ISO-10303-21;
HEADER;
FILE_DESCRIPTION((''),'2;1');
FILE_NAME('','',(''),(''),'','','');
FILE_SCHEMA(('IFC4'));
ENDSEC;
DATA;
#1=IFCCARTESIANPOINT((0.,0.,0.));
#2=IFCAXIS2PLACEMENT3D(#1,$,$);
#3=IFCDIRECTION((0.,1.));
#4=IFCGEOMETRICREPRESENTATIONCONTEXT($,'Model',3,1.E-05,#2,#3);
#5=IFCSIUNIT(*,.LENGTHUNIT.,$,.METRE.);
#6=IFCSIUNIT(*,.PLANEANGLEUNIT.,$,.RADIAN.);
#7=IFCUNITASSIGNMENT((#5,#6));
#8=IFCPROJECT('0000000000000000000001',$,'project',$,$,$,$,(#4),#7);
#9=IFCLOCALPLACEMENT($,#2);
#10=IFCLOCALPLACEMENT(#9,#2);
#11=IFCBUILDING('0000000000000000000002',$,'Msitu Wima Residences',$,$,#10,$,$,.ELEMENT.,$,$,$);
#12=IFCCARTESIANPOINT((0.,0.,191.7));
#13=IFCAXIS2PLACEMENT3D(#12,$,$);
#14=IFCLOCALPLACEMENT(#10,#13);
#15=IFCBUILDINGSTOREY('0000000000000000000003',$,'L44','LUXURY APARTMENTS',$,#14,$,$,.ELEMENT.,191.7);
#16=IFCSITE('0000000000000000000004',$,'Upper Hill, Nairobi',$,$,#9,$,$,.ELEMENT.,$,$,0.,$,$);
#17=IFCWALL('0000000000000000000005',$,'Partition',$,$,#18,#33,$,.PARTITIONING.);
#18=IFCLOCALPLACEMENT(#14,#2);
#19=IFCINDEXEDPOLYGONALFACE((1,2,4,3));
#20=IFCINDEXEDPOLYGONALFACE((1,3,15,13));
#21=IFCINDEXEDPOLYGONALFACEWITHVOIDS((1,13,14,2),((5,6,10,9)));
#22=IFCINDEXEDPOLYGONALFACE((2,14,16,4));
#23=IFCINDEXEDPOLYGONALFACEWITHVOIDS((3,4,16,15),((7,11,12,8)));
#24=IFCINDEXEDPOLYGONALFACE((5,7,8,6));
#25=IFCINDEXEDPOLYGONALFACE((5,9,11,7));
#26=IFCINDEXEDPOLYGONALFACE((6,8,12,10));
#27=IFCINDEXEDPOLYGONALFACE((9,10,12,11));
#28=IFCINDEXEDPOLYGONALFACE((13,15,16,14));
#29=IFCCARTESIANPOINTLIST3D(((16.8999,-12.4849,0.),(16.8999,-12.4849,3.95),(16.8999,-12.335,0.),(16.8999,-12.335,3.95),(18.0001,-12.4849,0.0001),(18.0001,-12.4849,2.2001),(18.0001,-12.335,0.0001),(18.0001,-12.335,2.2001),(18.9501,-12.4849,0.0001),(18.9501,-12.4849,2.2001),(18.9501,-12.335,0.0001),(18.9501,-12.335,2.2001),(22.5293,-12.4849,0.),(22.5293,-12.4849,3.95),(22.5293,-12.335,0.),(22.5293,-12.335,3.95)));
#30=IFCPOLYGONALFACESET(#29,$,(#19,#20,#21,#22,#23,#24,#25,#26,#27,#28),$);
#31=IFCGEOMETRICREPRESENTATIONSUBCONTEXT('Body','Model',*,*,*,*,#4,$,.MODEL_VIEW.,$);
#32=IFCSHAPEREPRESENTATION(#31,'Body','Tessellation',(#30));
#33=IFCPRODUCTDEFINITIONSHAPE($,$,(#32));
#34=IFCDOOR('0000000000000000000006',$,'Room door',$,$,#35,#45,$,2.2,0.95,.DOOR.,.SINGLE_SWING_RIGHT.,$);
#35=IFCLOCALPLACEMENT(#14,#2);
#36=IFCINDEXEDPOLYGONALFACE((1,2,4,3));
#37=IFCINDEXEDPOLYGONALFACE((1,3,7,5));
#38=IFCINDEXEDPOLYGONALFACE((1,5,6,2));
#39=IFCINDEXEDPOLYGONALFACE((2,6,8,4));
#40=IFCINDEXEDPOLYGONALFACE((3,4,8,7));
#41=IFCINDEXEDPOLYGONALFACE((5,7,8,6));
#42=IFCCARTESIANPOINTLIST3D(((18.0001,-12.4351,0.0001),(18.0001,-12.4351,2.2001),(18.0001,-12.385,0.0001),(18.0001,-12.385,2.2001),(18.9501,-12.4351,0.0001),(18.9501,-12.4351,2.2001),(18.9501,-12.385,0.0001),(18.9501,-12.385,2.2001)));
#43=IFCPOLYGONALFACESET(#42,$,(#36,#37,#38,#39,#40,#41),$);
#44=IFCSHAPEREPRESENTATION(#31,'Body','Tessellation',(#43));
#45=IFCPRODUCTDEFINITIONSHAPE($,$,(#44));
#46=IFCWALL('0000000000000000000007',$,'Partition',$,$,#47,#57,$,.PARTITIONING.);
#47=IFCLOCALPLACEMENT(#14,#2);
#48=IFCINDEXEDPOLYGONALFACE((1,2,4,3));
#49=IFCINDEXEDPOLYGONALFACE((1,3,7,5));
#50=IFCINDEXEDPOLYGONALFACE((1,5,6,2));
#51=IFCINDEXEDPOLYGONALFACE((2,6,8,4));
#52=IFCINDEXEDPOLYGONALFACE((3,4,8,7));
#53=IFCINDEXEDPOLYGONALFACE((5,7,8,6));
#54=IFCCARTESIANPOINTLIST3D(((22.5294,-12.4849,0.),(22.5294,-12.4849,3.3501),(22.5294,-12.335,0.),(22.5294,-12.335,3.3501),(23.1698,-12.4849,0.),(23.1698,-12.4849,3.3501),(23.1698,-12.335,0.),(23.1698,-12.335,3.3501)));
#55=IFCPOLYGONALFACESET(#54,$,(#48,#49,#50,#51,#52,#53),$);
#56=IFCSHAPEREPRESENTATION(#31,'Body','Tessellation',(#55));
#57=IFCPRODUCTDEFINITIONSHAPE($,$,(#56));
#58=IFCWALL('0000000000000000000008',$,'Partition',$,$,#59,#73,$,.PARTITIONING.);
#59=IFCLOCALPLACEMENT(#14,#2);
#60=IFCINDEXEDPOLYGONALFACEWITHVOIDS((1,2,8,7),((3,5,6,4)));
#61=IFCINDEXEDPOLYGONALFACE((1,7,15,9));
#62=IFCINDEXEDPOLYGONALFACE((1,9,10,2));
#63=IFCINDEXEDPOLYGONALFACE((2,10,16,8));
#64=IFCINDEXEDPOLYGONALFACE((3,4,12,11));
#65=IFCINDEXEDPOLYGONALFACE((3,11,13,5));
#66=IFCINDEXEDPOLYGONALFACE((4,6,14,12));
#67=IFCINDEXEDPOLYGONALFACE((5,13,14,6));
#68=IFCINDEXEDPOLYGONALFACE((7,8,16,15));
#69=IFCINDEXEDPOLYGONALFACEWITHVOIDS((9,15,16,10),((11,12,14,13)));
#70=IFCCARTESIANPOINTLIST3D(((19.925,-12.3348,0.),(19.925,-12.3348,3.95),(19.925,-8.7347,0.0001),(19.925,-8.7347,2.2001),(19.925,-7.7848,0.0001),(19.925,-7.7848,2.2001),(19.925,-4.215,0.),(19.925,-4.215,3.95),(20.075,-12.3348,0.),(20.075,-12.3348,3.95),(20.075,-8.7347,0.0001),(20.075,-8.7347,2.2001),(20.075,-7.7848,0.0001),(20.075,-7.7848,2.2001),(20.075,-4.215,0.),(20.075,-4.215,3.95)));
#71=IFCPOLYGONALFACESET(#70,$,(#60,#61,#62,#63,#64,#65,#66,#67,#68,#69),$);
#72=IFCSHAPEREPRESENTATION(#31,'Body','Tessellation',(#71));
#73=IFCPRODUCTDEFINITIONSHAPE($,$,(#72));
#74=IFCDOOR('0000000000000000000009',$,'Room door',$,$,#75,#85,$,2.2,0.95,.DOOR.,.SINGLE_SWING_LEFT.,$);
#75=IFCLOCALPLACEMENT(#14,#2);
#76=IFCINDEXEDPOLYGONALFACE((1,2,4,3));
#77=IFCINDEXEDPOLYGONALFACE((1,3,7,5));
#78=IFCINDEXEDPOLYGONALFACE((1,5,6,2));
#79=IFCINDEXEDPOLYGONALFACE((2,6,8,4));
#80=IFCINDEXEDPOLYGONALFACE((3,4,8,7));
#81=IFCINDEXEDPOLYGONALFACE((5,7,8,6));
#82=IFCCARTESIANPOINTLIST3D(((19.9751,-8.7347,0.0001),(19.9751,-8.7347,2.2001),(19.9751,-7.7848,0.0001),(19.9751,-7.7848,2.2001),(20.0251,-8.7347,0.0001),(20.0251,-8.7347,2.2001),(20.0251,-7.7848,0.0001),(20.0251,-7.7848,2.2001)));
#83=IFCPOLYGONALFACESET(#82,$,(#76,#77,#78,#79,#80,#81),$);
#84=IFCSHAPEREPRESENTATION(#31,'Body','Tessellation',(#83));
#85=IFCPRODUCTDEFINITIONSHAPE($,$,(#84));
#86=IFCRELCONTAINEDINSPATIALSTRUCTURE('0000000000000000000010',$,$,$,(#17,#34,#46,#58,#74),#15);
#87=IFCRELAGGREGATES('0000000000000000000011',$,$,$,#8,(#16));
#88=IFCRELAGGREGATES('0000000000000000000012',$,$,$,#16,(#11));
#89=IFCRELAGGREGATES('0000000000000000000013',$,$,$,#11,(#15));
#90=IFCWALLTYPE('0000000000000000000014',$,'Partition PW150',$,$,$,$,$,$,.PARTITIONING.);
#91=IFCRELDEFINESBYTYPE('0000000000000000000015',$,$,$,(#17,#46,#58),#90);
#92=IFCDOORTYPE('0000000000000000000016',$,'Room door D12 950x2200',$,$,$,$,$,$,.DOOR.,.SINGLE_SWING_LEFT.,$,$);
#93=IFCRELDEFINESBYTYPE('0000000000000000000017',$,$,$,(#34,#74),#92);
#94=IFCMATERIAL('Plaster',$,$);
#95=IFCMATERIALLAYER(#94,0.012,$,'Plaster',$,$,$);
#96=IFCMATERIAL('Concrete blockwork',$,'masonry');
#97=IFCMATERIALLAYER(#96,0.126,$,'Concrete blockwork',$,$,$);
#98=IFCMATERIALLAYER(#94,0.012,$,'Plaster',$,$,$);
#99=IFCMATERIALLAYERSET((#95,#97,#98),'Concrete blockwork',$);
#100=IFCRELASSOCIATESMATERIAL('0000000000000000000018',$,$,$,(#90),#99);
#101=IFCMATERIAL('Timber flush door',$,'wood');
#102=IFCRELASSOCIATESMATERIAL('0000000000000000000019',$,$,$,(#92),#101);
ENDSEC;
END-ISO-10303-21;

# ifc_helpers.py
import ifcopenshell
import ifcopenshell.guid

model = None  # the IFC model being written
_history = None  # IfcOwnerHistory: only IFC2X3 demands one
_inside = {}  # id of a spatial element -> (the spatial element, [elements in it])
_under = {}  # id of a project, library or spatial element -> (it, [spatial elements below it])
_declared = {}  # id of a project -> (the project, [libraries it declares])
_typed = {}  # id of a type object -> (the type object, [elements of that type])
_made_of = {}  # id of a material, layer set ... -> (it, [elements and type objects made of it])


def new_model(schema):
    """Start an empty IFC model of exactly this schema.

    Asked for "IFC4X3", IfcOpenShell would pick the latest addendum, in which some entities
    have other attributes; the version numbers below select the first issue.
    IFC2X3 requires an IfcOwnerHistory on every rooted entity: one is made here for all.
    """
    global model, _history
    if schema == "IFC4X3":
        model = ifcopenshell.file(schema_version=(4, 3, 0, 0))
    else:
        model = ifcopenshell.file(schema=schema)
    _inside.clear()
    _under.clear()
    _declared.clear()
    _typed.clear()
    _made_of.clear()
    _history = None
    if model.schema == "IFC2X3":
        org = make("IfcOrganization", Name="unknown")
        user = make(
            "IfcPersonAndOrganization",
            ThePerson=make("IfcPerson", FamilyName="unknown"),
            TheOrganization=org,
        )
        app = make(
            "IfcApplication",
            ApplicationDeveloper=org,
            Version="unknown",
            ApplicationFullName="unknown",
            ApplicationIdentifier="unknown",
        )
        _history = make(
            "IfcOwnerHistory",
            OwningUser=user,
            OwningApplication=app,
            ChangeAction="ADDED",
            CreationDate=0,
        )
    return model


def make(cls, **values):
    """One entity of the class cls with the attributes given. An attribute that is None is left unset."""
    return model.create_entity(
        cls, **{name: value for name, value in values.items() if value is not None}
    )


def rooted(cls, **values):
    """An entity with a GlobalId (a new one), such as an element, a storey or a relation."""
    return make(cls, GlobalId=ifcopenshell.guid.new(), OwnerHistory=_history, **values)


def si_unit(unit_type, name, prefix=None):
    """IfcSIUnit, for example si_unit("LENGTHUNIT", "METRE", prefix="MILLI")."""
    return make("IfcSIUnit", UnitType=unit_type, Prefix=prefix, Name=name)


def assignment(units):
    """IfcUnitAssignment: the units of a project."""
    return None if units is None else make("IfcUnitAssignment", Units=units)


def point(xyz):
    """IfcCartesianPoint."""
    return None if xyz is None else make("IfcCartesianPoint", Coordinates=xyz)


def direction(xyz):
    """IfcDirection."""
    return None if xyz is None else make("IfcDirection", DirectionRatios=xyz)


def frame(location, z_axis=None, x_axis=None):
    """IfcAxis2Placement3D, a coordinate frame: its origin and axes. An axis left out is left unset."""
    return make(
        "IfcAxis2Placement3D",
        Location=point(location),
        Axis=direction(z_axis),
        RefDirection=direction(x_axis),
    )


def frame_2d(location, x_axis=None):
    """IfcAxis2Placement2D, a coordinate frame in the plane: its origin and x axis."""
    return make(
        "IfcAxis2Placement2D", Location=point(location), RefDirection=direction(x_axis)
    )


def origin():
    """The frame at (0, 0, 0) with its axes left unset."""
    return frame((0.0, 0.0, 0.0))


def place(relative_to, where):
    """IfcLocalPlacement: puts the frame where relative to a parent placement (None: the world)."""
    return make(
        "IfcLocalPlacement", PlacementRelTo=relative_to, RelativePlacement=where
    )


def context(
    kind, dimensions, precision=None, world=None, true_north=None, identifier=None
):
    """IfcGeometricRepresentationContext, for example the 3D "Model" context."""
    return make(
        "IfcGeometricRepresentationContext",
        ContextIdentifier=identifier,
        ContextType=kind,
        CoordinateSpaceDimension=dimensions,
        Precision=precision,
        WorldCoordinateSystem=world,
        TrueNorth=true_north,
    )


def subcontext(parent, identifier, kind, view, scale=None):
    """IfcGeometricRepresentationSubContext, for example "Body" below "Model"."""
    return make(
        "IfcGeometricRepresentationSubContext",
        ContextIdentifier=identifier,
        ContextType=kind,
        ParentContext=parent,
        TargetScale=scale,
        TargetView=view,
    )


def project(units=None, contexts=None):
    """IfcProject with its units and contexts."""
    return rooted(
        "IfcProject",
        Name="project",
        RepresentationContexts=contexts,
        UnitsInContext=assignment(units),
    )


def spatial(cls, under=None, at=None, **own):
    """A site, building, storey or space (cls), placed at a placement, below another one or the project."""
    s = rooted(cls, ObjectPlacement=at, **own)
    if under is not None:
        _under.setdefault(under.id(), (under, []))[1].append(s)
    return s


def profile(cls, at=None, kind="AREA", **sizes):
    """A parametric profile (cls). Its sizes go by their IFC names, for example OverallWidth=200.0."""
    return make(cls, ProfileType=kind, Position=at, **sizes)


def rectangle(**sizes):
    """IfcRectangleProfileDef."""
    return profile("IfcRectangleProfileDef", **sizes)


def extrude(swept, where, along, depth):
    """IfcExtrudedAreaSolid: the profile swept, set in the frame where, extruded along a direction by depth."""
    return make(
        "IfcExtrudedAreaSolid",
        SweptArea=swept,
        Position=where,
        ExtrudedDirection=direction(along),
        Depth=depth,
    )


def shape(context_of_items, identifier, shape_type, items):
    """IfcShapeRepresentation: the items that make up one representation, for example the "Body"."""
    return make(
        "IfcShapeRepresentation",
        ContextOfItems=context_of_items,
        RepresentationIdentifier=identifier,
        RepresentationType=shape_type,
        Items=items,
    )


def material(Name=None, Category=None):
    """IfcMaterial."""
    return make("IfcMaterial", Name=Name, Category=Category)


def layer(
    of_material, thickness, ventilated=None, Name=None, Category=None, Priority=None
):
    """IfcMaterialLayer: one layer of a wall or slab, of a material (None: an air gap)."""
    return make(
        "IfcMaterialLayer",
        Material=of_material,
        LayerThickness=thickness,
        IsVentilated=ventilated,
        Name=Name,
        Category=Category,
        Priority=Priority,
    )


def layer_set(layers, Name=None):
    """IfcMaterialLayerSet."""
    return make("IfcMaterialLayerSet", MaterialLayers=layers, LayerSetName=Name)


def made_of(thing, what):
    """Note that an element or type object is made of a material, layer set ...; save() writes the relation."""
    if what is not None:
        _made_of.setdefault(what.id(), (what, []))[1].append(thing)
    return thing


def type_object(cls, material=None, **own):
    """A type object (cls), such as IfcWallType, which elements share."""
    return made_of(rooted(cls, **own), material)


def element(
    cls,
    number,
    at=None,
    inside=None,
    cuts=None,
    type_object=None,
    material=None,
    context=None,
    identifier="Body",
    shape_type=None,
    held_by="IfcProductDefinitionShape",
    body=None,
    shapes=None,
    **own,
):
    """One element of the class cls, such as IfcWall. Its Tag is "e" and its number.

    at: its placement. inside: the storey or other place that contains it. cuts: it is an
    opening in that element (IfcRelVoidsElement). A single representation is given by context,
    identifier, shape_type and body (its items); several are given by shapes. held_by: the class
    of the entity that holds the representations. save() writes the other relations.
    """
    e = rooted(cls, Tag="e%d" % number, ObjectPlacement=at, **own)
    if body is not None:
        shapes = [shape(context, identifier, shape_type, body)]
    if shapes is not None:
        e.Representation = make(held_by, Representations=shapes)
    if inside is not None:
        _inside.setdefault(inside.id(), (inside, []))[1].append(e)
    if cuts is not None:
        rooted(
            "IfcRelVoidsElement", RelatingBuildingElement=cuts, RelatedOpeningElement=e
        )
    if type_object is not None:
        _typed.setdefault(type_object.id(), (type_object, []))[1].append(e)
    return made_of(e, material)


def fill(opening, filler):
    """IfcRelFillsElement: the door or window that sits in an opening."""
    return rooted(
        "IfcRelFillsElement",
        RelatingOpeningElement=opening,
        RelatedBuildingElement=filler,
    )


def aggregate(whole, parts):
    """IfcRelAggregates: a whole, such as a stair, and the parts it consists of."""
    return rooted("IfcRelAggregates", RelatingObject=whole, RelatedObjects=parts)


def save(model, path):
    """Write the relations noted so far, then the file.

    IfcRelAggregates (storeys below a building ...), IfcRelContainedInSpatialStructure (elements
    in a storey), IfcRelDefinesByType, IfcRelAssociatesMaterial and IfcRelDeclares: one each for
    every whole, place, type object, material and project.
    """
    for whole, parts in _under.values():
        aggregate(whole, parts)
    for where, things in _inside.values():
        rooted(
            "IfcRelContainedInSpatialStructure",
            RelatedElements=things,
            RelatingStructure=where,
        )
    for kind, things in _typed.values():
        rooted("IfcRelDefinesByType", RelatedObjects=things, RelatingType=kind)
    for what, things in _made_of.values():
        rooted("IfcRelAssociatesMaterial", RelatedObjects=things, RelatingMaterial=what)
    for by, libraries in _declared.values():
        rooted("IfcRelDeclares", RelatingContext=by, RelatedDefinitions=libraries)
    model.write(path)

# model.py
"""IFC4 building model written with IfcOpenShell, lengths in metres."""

from ifc_helpers import new_model, si_unit, direction, frame, frame_2d, origin, place, context, subcontext, project, spatial, rectangle, extrude, material, layer, layer_set, type_object, element, fill, save


model = new_model("IFC4")

# Units and contexts
model_context = context("Model", 3, precision=1e-05, world=origin(), true_north=direction((0.0, 1.0)))
body_context = subcontext(model_context, "Body", "Model", "MODEL_VIEW")
ifc_project = project(units=[si_unit("LENGTHUNIT", "METRE"), si_unit("PLANEANGLEUNIT", "RADIAN")], contexts=[model_context])

# Site, building, storey
site_placement = place(None, origin())
site = spatial("IfcSite", under=ifc_project, at=site_placement, Name="Upper Hill, Nairobi", CompositionType="ELEMENT", RefElevation=0.0)
building_placement = place(site_placement, origin())
building = spatial("IfcBuilding", under=site, at=building_placement, Name="Msitu Wima Residences", CompositionType="ELEMENT")
storey_placement = place(building_placement, frame((0.0, 0.0, 191.7)))
storey = spatial("IfcBuildingStorey", under=building, at=storey_placement, Name="L44", Description="LUXURY APARTMENTS", CompositionType="ELEMENT", Elevation=191.7)

# Shared definitions
ifc_material_1 = material(Name="Plaster")
ifc_material_2 = material(Name="Concrete blockwork", Category="masonry")

# Shared definitions
ifc_layer_1 = layer(ifc_material_1, 0.012, Name="Plaster")
ifc_layer_2 = layer(ifc_material_2, 0.126, Name="Concrete blockwork")
ifc_layer_3 = layer(ifc_material_1, 0.012, Name="Plaster")
ifc_layer_set_1 = layer_set([ifc_layer_1, ifc_layer_2, ifc_layer_3], Name="Concrete blockwork")
wall_type_1 = type_object("IfcWallType", Name="Partition PW150", PredefinedType="PARTITIONING", material=ifc_layer_set_1)
ifc_material_3 = material(Name="Timber flush door", Category="wood")
door_type_1 = type_object("IfcDoorType", Name="Room door D12 950x2200", OperationType="SINGLE_SWING_LEFT", PredefinedType="DOOR", material=ifc_material_3)

# Wall, opening, door
wall_1_placement = place(storey_placement, frame((16.8999, -12.4099, 0.0), z_axis=(0.0, 0.0, 1.0), x_axis=(1.0, 0.0, 0.0)))
wall_1 = element("IfcWall", 1, at=wall_1_placement, inside=storey, type_object=wall_type_1, Name="Partition", PredefinedType="PARTITIONING", context=body_context, shape_type="SweptSolid", body=[
    extrude(rectangle(XDim=5.6294, YDim=0.1499, at=frame_2d((2.8147, 0.0))), origin(), (0.0, 0.0, 1.0), 3.95),
])
opening_1_placement = place(wall_1_placement, frame((1.1001, 0.0, 0.0)))
opening_1 = element("IfcOpeningElement", 2, at=opening_1_placement, cuts=wall_1, PredefinedType="OPENING", context=body_context, shape_type="SweptSolid", body=[
    extrude(rectangle(XDim=0.95, YDim=2.2, at=frame_2d((0.4751, 1.1001))), frame((0.0, 0.085, 0.0), z_axis=(0.0, -1.0, 0.0), x_axis=(1.0, 0.0, 0.0)), (0.0, 0.0, 1.0), 0.1699),
])
door_1_placement = place(opening_1_placement, origin())
door_1 = element("IfcDoor", 3, at=door_1_placement, inside=storey, type_object=door_type_1, Name="Room door", OperationType="SINGLE_SWING_RIGHT", OverallHeight=2.2, OverallWidth=0.95, PredefinedType="DOOR", context=body_context, shape_type="SweptSolid", body=[
    extrude(rectangle(XDim=0.95, YDim=2.2, at=frame_2d((0.4751, 1.1001))), frame((0.0, 0.0249, 0.0), z_axis=(0.0, -1.0, 0.0), x_axis=(1.0, 0.0, 0.0)), (0.0, 0.0, 1.0), 0.05),
])
fill(opening_1, door_1)

# Wall
wall_2_placement = place(storey_placement, frame((22.5293, -12.4099, 0.0), z_axis=(0.0, 0.0, 1.0), x_axis=(1.0, 0.0, 0.0)))
element("IfcWall", 4, at=wall_2_placement, inside=storey, type_object=wall_type_1, Name="Partition", PredefinedType="PARTITIONING", context=body_context, shape_type="SweptSolid", body=[
    extrude(rectangle(XDim=0.6404, YDim=0.1499, at=frame_2d((0.3203, 0.0))), origin(), (0.0, 0.0, 1.0), 3.3501),
])

# Wall, opening, door
wall_3_placement = place(storey_placement, frame((20.0, -12.335, 0.0), z_axis=(0.0, 0.0, 1.0), x_axis=(0.0, 1.0, 0.0)))
wall_3 = element("IfcWall", 5, at=wall_3_placement, inside=storey, type_object=wall_type_1, Name="Partition", PredefinedType="PARTITIONING", context=body_context, shape_type="SweptSolid", body=[
    extrude(rectangle(XDim=8.1199, YDim=0.1499, at=frame_2d((4.0601, 0.0))), origin(), (0.0, 0.0, 1.0), 3.95),
])
opening_2_placement = place(wall_3_placement, frame((3.6001, 0.0, 0.0)))
opening_2 = element("IfcOpeningElement", 6, at=opening_2_placement, cuts=wall_3, PredefinedType="OPENING", context=body_context, shape_type="SweptSolid", body=[
    extrude(rectangle(XDim=0.95, YDim=2.2, at=frame_2d((0.4751, 1.1001))), frame((0.0, 0.085, 0.0), z_axis=(0.0, -1.0, 0.0), x_axis=(1.0, 0.0, 0.0)), (0.0, 0.0, 1.0), 0.1699),
])
door_2_placement = place(opening_2_placement, origin())
door_2 = element("IfcDoor", 7, at=door_2_placement, inside=storey, type_object=door_type_1, Name="Room door", OperationType="SINGLE_SWING_LEFT", OverallHeight=2.2, OverallWidth=0.95, PredefinedType="DOOR", context=body_context, shape_type="SweptSolid", body=[
    extrude(rectangle(XDim=0.95, YDim=2.2, at=frame_2d((0.4751, 1.1001))), frame((0.0, 0.0249, 0.0), z_axis=(0.0, -1.0, 0.0), x_axis=(1.0, 0.0, 0.0)), (0.0, 0.0, 1.0), 0.05),
])
fill(opening_2, door_2)

save(model, "model.ifc")
